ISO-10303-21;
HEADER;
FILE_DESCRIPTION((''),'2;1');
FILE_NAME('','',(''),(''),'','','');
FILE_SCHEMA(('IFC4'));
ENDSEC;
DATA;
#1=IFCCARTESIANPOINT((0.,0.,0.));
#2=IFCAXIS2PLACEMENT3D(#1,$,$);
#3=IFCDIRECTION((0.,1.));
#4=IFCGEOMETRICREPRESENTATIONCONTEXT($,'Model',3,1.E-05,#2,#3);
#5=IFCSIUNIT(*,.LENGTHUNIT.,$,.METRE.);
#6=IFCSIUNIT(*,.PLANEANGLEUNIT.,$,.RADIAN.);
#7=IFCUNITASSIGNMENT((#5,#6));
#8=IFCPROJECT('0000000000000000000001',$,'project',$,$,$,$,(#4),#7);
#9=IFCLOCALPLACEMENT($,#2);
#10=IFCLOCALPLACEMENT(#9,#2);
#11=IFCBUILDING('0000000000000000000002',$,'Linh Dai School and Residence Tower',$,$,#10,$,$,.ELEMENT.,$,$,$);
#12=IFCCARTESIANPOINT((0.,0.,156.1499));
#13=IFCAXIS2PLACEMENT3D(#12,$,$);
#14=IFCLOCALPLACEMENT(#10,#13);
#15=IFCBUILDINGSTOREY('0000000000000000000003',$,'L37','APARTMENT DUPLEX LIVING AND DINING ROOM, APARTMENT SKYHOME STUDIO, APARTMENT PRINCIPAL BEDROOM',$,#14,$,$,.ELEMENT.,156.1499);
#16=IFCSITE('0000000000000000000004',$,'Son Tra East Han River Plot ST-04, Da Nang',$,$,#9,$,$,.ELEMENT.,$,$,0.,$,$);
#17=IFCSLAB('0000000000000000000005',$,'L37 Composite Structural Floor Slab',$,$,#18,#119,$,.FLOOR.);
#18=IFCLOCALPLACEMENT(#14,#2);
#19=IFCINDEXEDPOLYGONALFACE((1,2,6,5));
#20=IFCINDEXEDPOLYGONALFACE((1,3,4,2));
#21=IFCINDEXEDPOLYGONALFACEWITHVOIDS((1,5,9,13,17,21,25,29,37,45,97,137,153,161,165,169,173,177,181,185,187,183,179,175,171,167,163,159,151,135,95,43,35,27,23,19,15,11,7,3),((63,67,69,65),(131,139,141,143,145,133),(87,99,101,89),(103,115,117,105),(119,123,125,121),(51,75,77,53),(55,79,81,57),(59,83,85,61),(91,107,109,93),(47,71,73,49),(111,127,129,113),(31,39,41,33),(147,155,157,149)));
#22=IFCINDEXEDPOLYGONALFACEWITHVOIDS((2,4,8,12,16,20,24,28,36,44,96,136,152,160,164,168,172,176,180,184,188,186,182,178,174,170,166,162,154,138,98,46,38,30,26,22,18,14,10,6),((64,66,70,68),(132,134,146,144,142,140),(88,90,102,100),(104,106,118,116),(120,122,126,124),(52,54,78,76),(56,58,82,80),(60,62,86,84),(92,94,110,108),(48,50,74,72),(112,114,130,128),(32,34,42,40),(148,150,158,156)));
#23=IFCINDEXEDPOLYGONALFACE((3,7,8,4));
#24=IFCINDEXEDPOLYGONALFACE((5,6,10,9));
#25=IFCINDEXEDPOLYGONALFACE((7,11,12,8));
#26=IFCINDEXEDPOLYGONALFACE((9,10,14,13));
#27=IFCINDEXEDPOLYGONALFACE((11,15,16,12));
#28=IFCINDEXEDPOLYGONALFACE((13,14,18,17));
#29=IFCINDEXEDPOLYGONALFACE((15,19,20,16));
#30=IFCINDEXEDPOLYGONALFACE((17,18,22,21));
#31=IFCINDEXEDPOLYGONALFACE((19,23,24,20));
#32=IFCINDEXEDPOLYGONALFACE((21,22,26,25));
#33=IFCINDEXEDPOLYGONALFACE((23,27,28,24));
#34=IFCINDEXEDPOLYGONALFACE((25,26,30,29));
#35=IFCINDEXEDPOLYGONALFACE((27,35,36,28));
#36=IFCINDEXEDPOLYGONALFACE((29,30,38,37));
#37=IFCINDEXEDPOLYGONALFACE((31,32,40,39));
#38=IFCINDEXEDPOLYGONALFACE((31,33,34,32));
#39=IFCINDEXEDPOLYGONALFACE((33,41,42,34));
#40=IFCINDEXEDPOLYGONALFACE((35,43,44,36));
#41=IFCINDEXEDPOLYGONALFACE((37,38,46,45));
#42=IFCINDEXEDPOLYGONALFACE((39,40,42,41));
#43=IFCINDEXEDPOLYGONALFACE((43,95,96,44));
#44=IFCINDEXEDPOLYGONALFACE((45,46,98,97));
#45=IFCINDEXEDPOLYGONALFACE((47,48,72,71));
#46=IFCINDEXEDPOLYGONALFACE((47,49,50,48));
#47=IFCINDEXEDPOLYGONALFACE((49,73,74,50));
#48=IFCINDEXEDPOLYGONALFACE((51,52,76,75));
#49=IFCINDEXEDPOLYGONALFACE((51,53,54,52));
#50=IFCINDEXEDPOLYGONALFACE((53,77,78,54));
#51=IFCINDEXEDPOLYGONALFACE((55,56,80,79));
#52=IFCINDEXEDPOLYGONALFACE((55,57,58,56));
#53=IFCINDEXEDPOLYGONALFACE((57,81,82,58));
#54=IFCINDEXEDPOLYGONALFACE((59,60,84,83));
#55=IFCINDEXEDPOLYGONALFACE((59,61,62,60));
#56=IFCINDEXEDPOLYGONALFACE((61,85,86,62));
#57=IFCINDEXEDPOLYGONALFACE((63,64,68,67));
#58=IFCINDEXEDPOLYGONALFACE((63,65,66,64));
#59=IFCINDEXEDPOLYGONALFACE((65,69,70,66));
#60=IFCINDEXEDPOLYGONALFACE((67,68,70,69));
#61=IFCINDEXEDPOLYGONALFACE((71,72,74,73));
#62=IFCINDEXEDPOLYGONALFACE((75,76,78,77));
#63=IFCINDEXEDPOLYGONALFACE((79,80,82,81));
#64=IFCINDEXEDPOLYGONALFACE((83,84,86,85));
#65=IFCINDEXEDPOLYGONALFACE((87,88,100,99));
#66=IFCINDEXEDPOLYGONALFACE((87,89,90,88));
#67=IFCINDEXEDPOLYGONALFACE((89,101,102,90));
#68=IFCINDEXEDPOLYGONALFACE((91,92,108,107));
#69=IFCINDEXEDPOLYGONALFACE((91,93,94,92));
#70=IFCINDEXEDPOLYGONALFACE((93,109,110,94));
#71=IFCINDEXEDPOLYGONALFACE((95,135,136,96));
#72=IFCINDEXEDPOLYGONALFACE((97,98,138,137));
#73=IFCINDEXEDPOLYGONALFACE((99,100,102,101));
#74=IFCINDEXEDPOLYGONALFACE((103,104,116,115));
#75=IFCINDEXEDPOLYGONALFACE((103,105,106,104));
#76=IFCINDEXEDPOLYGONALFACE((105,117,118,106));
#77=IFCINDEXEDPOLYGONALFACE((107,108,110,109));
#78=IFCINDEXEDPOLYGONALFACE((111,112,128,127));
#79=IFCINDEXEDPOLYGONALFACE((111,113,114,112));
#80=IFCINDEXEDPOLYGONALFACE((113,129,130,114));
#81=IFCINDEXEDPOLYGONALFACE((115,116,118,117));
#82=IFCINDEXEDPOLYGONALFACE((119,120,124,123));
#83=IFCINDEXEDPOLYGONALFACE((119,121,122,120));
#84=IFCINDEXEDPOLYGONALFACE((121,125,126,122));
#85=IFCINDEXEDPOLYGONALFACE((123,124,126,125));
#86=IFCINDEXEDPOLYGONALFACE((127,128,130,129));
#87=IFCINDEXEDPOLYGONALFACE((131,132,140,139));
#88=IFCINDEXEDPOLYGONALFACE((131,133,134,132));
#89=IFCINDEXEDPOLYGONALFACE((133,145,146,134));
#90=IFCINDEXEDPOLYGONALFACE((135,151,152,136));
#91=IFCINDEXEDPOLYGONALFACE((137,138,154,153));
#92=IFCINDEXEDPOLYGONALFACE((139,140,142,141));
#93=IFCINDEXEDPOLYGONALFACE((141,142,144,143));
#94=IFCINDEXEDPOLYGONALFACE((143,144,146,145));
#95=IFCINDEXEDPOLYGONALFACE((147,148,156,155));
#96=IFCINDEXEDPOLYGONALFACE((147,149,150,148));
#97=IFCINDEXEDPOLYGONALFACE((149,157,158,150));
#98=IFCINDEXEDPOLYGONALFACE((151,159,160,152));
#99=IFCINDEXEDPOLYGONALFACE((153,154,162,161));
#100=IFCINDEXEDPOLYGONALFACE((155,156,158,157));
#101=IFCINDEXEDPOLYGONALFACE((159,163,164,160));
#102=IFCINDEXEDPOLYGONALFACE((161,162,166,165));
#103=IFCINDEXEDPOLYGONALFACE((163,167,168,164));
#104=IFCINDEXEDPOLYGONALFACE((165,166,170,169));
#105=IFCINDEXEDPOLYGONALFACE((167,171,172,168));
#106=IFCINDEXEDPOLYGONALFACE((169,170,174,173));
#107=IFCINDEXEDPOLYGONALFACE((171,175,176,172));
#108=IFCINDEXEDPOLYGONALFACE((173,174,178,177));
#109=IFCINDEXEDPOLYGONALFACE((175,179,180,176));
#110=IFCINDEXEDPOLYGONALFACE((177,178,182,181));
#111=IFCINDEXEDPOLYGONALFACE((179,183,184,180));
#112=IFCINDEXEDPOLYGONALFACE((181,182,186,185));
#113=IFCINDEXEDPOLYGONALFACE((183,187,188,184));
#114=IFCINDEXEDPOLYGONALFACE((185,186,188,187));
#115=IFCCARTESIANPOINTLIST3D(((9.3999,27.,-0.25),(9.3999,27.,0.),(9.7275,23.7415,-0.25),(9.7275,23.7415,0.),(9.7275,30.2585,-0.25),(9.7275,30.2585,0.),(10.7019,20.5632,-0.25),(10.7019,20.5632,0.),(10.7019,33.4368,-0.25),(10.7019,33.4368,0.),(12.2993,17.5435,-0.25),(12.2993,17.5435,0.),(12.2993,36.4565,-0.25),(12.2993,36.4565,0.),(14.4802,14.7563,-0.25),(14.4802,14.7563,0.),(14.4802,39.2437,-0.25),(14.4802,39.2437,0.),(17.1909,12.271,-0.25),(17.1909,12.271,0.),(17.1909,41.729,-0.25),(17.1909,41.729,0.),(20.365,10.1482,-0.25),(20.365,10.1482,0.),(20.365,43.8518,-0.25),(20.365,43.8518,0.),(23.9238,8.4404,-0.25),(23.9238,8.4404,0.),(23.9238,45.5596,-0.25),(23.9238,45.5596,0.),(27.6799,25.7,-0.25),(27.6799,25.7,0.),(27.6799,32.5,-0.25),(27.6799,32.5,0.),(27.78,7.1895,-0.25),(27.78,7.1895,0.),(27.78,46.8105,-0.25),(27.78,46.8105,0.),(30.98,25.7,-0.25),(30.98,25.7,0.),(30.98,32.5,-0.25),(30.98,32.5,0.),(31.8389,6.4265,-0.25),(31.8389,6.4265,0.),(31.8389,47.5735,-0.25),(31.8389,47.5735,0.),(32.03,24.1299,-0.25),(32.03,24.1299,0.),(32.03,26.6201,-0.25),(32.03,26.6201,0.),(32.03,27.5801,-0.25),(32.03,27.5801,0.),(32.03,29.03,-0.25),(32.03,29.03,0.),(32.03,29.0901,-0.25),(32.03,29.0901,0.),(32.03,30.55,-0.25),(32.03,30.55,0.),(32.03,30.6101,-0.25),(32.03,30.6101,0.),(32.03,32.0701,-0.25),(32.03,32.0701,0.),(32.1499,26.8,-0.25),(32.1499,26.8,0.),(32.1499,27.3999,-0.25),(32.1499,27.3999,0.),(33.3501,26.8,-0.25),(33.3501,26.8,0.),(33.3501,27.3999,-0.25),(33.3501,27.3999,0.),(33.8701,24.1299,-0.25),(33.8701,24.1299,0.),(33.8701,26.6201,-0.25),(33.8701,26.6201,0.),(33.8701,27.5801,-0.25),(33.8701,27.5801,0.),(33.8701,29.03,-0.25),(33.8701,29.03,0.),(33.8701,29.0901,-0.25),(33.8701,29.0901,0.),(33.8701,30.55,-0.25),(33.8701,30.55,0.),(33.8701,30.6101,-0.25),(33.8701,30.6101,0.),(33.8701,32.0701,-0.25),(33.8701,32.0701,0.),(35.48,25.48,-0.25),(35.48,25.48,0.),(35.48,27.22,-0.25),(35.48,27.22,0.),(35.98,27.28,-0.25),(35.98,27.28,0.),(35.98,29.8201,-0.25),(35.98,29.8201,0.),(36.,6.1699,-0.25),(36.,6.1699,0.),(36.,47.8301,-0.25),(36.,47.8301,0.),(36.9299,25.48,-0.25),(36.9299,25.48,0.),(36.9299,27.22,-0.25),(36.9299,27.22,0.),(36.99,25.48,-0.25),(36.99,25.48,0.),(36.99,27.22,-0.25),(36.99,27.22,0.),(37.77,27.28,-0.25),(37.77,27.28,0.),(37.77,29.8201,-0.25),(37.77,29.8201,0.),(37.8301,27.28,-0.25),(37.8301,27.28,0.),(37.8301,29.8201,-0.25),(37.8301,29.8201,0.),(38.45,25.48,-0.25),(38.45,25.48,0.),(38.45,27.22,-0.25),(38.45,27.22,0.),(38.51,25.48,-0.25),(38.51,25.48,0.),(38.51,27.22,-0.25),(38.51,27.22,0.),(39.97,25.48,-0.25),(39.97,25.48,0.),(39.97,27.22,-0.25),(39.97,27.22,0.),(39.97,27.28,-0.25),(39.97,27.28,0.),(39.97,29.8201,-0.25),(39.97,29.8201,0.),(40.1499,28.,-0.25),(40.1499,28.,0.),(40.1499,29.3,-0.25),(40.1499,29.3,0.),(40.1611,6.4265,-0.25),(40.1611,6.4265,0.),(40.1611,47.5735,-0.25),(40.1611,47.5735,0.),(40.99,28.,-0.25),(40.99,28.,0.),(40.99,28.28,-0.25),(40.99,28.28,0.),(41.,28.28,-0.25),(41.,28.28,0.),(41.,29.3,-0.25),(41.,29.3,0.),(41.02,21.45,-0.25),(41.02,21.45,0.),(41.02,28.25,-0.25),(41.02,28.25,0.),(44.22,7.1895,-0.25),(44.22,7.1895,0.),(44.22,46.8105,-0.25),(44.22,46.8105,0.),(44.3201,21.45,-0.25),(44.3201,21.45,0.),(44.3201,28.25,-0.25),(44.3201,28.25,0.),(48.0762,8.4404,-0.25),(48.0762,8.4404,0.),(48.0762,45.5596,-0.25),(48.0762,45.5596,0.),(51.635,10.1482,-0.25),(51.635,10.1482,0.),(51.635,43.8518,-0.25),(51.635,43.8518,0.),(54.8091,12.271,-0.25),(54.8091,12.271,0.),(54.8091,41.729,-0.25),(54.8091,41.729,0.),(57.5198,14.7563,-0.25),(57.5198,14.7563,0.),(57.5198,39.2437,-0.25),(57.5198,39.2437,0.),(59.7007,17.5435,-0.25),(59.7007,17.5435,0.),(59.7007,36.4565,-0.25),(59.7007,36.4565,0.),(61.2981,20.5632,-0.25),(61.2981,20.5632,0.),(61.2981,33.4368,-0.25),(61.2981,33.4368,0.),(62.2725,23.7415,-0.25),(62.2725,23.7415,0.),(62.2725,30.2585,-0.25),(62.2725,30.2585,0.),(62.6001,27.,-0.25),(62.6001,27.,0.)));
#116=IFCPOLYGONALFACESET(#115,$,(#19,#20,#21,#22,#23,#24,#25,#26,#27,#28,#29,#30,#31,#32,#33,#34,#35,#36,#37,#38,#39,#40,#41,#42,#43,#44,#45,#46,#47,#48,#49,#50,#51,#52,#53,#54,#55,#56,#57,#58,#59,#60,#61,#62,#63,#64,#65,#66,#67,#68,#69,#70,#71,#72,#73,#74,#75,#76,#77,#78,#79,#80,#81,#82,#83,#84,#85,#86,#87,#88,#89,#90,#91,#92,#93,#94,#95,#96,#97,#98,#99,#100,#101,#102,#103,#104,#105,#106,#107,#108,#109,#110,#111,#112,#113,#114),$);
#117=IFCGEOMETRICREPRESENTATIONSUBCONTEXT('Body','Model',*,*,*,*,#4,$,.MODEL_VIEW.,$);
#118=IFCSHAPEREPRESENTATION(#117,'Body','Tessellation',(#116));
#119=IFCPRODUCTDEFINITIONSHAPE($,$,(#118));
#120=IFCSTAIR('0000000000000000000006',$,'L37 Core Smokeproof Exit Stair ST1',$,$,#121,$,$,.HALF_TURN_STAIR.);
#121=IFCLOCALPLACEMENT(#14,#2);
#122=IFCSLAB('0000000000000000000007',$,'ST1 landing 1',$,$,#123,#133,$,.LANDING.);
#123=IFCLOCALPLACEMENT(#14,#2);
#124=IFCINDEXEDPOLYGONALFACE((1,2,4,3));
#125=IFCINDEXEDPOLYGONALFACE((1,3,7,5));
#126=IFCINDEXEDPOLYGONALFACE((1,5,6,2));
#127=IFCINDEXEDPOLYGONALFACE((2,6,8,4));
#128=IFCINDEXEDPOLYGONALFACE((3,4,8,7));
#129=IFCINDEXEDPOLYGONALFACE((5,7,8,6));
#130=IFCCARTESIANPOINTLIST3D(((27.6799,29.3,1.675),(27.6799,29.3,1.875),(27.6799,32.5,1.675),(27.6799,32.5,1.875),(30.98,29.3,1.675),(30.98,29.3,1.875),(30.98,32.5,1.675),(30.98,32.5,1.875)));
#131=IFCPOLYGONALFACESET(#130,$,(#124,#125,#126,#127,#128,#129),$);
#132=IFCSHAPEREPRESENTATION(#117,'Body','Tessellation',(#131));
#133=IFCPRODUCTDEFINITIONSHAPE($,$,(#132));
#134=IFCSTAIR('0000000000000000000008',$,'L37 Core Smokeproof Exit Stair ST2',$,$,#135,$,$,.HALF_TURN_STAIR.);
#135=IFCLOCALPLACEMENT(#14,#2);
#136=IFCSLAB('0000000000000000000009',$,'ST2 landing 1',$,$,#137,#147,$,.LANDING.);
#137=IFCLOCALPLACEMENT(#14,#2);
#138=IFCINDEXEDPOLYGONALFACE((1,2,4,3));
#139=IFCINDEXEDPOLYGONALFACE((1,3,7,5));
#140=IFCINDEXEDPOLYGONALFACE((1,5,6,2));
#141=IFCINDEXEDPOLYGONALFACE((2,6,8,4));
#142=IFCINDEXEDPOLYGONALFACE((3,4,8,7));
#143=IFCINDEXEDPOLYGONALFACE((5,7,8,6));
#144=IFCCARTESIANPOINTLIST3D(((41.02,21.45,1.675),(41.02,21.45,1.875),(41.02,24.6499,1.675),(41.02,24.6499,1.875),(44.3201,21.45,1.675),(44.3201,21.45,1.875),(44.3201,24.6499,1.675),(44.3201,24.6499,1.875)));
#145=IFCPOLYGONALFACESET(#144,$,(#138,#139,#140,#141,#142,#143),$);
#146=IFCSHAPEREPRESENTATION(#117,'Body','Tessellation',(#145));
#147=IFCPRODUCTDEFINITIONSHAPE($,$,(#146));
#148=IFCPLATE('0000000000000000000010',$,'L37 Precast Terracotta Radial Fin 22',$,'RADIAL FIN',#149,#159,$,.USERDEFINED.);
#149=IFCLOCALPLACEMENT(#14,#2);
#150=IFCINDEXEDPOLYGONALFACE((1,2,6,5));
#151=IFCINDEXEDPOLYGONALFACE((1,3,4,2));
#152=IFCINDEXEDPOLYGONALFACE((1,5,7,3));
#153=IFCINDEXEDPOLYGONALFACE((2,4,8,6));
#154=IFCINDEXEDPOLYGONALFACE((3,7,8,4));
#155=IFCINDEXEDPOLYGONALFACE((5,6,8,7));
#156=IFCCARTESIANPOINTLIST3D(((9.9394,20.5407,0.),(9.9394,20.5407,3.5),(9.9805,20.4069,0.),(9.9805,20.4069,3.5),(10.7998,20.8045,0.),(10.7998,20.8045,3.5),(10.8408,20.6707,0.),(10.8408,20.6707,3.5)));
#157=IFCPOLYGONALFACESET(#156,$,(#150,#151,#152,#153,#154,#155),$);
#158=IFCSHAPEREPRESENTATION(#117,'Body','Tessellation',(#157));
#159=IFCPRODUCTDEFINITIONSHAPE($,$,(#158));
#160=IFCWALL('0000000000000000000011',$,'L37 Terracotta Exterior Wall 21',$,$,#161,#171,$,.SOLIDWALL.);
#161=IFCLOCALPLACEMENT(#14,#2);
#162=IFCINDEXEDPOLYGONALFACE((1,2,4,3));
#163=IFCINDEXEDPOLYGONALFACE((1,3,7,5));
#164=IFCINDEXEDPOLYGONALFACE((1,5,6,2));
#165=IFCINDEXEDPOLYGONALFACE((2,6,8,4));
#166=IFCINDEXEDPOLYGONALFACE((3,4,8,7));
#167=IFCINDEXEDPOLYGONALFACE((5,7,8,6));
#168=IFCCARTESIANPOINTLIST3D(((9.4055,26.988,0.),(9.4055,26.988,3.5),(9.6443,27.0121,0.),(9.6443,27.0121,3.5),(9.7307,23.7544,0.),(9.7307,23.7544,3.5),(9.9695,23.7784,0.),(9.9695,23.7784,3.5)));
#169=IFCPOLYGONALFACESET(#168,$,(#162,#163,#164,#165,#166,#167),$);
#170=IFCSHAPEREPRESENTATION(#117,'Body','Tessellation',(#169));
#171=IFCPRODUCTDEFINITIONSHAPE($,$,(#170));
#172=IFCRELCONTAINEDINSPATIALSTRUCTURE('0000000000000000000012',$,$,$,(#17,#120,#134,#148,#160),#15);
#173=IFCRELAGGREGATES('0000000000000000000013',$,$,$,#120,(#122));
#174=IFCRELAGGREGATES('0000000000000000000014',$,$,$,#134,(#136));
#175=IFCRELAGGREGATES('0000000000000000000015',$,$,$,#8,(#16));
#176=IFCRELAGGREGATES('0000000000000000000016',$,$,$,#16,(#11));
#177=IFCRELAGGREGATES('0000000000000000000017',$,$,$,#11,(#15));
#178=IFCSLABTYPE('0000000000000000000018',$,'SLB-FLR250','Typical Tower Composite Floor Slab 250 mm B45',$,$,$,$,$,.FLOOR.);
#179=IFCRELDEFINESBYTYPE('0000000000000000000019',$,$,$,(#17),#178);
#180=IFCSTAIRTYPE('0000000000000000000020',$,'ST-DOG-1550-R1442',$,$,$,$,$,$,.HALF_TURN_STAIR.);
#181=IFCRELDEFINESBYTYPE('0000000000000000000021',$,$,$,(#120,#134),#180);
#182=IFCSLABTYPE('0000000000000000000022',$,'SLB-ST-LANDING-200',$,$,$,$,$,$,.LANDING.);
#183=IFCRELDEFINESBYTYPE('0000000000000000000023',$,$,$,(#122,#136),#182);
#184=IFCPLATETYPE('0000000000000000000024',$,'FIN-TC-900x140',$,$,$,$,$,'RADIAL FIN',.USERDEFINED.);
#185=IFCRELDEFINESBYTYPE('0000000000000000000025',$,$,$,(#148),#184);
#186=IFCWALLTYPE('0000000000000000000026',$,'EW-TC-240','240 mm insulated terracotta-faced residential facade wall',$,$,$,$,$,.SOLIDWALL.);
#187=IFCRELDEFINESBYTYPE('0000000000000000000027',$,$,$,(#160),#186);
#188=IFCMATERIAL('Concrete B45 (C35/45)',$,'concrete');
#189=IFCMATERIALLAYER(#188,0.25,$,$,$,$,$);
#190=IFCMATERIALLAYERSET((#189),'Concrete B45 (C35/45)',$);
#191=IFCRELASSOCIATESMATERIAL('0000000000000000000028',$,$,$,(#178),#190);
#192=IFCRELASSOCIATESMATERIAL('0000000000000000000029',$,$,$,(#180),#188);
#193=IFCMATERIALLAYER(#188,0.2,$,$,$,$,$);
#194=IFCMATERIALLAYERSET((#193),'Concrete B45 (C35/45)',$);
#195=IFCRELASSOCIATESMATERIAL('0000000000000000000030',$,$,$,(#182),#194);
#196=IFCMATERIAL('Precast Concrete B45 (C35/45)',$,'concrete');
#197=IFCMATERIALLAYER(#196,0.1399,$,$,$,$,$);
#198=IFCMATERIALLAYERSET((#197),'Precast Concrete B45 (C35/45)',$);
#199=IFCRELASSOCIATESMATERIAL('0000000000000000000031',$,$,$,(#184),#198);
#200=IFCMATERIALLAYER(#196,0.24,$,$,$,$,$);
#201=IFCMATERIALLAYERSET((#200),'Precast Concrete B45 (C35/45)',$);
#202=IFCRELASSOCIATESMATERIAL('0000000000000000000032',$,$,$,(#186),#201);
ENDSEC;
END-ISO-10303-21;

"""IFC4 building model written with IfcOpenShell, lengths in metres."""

from ifc_helpers import new_model, si_unit, direction, frame, frame_2d, origin, origin_2d, place, context, subcontext, project, spatial, polyline, rectangle, outline, extrude, source, transform, mapped, material, layer, layer_set, type_object, element, aggregate, save


model = new_model("IFC4")

# Units and contexts
model_context = context("Model", 3, precision=1e-05, world=origin(), true_north=direction((0.0, 1.0)))
body_context = subcontext(model_context, "Body", "Model", "MODEL_VIEW")
ifc_project = project(units=[si_unit("LENGTHUNIT", "METRE"), si_unit("PLANEANGLEUNIT", "RADIAN")], contexts=[model_context])

# Site, building, storey
site_placement = place(None, origin())
site = spatial("IfcSite", under=ifc_project, at=site_placement, Name="Son Tra East Han River Plot ST-04, Da Nang", CompositionType="ELEMENT", RefElevation=0.0)
building_placement = place(site_placement, origin())
building = spatial("IfcBuilding", under=site, at=building_placement, Name="Linh Dai School and Residence Tower", CompositionType="ELEMENT")
storey_placement = place(building_placement, frame((0.0, 0.0, 156.1499)))
storey = spatial("IfcBuildingStorey", under=building, at=storey_placement, Name="L37", Description="APARTMENT DUPLEX LIVING AND DINING ROOM, APARTMENT SKYHOME STUDIO, APARTMENT PRINCIPAL BEDROOM", CompositionType="ELEMENT", Elevation=156.1499)

# Slab
ifc_material_1 = material(Name="Concrete B45 (C35/45)", Category="concrete")
ifc_layer_1 = layer(ifc_material_1, 0.25)
ifc_layer_set_1 = layer_set([ifc_layer_1], Name="Concrete B45 (C35/45)")
slab_type_1 = type_object("IfcSlabType", Name="SLB-FLR250", Description="Typical Tower Composite Floor Slab 250 mm B45", PredefinedType="FLOOR", material=ifc_layer_set_1)
slab_1_placement = place(storey_placement, frame((0.0, 0.0, -0.25)))
element("IfcSlab", 1, at=slab_1_placement, inside=storey, type_object=slab_type_1, Name="L37 Composite Structural Floor Slab", PredefinedType="FLOOR", context=body_context, shape_type="SweptSolid", body=[
    extrude(outline(polyline([(62.6001, 27.0), (62.2725, 30.2585), (61.2981, 33.4368), (59.7007, 36.4565), (57.5198, 39.2437), (54.8091, 41.729), (51.635, 43.8518), (48.0762, 45.5596), (44.22, 46.8105), (40.1611, 47.5735), (36.0, 47.8301), (31.8389, 47.5735), (27.78, 46.8105), (23.9238, 45.5596), (20.365, 43.8518), (17.1909, 41.729), (14.4802, 39.2437), (12.2993, 36.4565), (10.7019, 33.4368), (9.7275, 30.2585), (9.3999, 27.0), (9.7275, 23.7415), (10.7019, 20.5632), (12.2993, 17.5435), (14.4802, 14.7563), (17.1909, 12.271), (20.365, 10.1482), (23.9238, 8.4404), (27.78, 7.1895), (31.8389, 6.4265), (36.0, 6.1699), (40.1611, 6.4265), (44.22, 7.1895), (48.0762, 8.4404), (51.635, 10.1482), (54.8091, 12.271), (57.5198, 14.7563), (59.7007, 17.5435), (61.2981, 20.5632), (62.2725, 23.7415), (62.6001, 27.0)]), holes=[polyline([(30.98, 25.7), (30.98, 32.5), (27.6799, 32.5), (27.6799, 25.7), (30.98, 25.7)]), polyline([(41.02, 28.25), (41.02, 21.45), (44.3201, 21.45), (44.3201, 28.25), (41.02, 28.25)]), polyline([(35.98, 27.28), (37.77, 27.28), (37.77, 29.8201), (35.98, 29.8201), (35.98, 27.28)]), polyline([(32.03, 24.1299), (33.8701, 24.1299), (33.8701, 26.6201), (32.03, 26.6201), (32.03, 24.1299)]), polyline([(37.8301, 27.28), (39.97, 27.28), (39.97, 29.8201), (37.8301, 29.8201), (37.8301, 27.28)]), polyline([(32.03, 27.5801), (33.8701, 27.5801), (33.8701, 29.03), (32.03, 29.03), (32.03, 27.5801)]), polyline([(32.03, 29.0901), (33.8701, 29.0901), (33.8701, 30.55), (32.03, 30.55), (32.03, 29.0901)]), polyline([(32.03, 30.6101), (33.8701, 30.6101), (33.8701, 32.0701), (32.03, 32.0701), (32.03, 30.6101)]), polyline([(35.48, 25.48), (36.9299, 25.48), (36.9299, 27.22), (35.48, 27.22), (35.48, 25.48)]), polyline([(36.99, 25.48), (38.45, 25.48), (38.45, 27.22), (36.99, 27.22), (36.99, 25.48)]), polyline([(38.51, 25.48), (39.97, 25.48), (39.97, 27.22), (38.51, 27.22), (38.51, 25.48)]), polyline([(40.1499, 28.0), (40.1499, 29.3), (41.0, 29.3), (41.0, 28.28), (40.99, 28.28), (40.99, 28.0), (40.1499, 28.0)]), polyline([(32.1499, 26.8), (33.3501, 26.8), (33.3501, 27.3999), (32.1499, 27.3999), (32.1499, 26.8)])]), origin(), (0.0, 0.0, 1.0), 0.25),
])

# Stairs, slabs
stair_type = type_object("IfcStairType", Name="ST-DOG-1550-R1442", PredefinedType="HALF_TURN_STAIR", material=ifc_material_1)
stair_1_placement = place(storey_placement, origin())
stair_1 = element("IfcStair", 2, at=stair_1_placement, inside=storey, type_object=stair_type, Name="L37 Core Smokeproof Exit Stair ST1", PredefinedType="HALF_TURN_STAIR")
ifc_layer_2 = layer(ifc_material_1, 0.2)
ifc_layer_set_2 = layer_set([ifc_layer_2], Name="Concrete B45 (C35/45)")
slab_type_2 = type_object("IfcSlabType", Name="SLB-ST-LANDING-200", PredefinedType="LANDING", material=ifc_layer_set_2)
slab_2_placement = place(storey_placement, frame((0.0, 0.0, 1.675)))
slab_2 = element("IfcSlab", 3, at=slab_2_placement, type_object=slab_type_2, Name="ST1 landing 1", PredefinedType="LANDING", context=body_context, shape_type="SweptSolid", body=[
    extrude(outline(polyline([(30.98, 29.3), (30.98, 32.5), (27.6799, 32.5), (27.6799, 29.3), (30.98, 29.3)])), origin(), (0.0, 0.0, 1.0), 0.2),
])
aggregate(stair_1, [slab_2])
stair_2_placement = place(storey_placement, origin())
stair_2 = element("IfcStair", 4, at=stair_2_placement, inside=storey, type_object=stair_type, Name="L37 Core Smokeproof Exit Stair ST2", PredefinedType="HALF_TURN_STAIR")
slab_3_placement = place(storey_placement, frame((0.0, 0.0, 1.675)))
slab_3 = element("IfcSlab", 5, at=slab_3_placement, type_object=slab_type_2, Name="ST2 landing 1", PredefinedType="LANDING", context=body_context, shape_type="SweptSolid", body=[
    extrude(outline(polyline([(41.02, 24.6499), (41.02, 21.45), (44.3201, 21.45), (44.3201, 24.6499), (41.02, 24.6499)])), origin(), (0.0, 0.0, 1.0), 0.2),
])
aggregate(stair_2, [slab_3])

# Plate
ifc_material_2 = material(Name="Precast Concrete B45 (C35/45)", Category="concrete")
ifc_layer_3 = layer(ifc_material_2, 0.1399)
ifc_layer_set_3 = layer_set([ifc_layer_3], Name="Precast Concrete B45 (C35/45)")
plate_type = type_object("IfcPlateType", Name="FIN-TC-900x140", ElementType="RADIAL FIN", PredefinedType="USERDEFINED", material=ifc_layer_set_3)
shared_shape_1 = source(origin(), body_context, "Body", "SweptSolid", [
    extrude(rectangle(XDim=0.8999, YDim=0.1399, at=origin_2d()), origin(), (0.0, 0.0, 1.0), 3.5),
])
plate_placement = place(storey_placement, frame((10.3901, 20.6057, 0.0), z_axis=(0.0, 0.0, 1.0), x_axis=(-0.956075, -0.293122, 0.0)))
element("IfcPlate", 6, at=plate_placement, inside=storey, type_object=plate_type, Name="L37 Precast Terracotta Radial Fin 22", ObjectType="RADIAL FIN", PredefinedType="USERDEFINED", context=body_context, shape_type="MappedRepresentation", body=[
    mapped(shared_shape_1, transform((0.0, 0.0, 0.0), x_axis=(1.0, 0.0, 0.0), y_axis=(0.0, 1.0, 0.0), z_axis=(0.0, 0.0, 1.0), scale=1.0)),
])

# Wall
ifc_layer_4 = layer(ifc_material_2, 0.24)
ifc_layer_set_4 = layer_set([ifc_layer_4], Name="Precast Concrete B45 (C35/45)")
wall_type_1 = type_object("IfcWallType", Name="EW-TC-240", Description="240 mm insulated terracotta-faced residential facade wall", PredefinedType="SOLIDWALL", material=ifc_layer_set_4)
wall_1_placement = place(storey_placement, frame((9.8501, 23.7664, 0.0), z_axis=(0.0, 0.0, 1.0), x_axis=(-0.100062, 0.994981, 0.0)))
element("IfcWall", 7, at=wall_1_placement, inside=storey, type_object=wall_type_1, Name="L37 Terracotta Exterior Wall 21", PredefinedType="SOLIDWALL", context=body_context, shape_type="SweptSolid", body=[
    extrude(rectangle(XDim=3.25, YDim=0.24, at=frame_2d((1.625, 0.0))), origin(), (0.0, 0.0, 1.0), 3.5),
])

save(model, "model.ifc")
